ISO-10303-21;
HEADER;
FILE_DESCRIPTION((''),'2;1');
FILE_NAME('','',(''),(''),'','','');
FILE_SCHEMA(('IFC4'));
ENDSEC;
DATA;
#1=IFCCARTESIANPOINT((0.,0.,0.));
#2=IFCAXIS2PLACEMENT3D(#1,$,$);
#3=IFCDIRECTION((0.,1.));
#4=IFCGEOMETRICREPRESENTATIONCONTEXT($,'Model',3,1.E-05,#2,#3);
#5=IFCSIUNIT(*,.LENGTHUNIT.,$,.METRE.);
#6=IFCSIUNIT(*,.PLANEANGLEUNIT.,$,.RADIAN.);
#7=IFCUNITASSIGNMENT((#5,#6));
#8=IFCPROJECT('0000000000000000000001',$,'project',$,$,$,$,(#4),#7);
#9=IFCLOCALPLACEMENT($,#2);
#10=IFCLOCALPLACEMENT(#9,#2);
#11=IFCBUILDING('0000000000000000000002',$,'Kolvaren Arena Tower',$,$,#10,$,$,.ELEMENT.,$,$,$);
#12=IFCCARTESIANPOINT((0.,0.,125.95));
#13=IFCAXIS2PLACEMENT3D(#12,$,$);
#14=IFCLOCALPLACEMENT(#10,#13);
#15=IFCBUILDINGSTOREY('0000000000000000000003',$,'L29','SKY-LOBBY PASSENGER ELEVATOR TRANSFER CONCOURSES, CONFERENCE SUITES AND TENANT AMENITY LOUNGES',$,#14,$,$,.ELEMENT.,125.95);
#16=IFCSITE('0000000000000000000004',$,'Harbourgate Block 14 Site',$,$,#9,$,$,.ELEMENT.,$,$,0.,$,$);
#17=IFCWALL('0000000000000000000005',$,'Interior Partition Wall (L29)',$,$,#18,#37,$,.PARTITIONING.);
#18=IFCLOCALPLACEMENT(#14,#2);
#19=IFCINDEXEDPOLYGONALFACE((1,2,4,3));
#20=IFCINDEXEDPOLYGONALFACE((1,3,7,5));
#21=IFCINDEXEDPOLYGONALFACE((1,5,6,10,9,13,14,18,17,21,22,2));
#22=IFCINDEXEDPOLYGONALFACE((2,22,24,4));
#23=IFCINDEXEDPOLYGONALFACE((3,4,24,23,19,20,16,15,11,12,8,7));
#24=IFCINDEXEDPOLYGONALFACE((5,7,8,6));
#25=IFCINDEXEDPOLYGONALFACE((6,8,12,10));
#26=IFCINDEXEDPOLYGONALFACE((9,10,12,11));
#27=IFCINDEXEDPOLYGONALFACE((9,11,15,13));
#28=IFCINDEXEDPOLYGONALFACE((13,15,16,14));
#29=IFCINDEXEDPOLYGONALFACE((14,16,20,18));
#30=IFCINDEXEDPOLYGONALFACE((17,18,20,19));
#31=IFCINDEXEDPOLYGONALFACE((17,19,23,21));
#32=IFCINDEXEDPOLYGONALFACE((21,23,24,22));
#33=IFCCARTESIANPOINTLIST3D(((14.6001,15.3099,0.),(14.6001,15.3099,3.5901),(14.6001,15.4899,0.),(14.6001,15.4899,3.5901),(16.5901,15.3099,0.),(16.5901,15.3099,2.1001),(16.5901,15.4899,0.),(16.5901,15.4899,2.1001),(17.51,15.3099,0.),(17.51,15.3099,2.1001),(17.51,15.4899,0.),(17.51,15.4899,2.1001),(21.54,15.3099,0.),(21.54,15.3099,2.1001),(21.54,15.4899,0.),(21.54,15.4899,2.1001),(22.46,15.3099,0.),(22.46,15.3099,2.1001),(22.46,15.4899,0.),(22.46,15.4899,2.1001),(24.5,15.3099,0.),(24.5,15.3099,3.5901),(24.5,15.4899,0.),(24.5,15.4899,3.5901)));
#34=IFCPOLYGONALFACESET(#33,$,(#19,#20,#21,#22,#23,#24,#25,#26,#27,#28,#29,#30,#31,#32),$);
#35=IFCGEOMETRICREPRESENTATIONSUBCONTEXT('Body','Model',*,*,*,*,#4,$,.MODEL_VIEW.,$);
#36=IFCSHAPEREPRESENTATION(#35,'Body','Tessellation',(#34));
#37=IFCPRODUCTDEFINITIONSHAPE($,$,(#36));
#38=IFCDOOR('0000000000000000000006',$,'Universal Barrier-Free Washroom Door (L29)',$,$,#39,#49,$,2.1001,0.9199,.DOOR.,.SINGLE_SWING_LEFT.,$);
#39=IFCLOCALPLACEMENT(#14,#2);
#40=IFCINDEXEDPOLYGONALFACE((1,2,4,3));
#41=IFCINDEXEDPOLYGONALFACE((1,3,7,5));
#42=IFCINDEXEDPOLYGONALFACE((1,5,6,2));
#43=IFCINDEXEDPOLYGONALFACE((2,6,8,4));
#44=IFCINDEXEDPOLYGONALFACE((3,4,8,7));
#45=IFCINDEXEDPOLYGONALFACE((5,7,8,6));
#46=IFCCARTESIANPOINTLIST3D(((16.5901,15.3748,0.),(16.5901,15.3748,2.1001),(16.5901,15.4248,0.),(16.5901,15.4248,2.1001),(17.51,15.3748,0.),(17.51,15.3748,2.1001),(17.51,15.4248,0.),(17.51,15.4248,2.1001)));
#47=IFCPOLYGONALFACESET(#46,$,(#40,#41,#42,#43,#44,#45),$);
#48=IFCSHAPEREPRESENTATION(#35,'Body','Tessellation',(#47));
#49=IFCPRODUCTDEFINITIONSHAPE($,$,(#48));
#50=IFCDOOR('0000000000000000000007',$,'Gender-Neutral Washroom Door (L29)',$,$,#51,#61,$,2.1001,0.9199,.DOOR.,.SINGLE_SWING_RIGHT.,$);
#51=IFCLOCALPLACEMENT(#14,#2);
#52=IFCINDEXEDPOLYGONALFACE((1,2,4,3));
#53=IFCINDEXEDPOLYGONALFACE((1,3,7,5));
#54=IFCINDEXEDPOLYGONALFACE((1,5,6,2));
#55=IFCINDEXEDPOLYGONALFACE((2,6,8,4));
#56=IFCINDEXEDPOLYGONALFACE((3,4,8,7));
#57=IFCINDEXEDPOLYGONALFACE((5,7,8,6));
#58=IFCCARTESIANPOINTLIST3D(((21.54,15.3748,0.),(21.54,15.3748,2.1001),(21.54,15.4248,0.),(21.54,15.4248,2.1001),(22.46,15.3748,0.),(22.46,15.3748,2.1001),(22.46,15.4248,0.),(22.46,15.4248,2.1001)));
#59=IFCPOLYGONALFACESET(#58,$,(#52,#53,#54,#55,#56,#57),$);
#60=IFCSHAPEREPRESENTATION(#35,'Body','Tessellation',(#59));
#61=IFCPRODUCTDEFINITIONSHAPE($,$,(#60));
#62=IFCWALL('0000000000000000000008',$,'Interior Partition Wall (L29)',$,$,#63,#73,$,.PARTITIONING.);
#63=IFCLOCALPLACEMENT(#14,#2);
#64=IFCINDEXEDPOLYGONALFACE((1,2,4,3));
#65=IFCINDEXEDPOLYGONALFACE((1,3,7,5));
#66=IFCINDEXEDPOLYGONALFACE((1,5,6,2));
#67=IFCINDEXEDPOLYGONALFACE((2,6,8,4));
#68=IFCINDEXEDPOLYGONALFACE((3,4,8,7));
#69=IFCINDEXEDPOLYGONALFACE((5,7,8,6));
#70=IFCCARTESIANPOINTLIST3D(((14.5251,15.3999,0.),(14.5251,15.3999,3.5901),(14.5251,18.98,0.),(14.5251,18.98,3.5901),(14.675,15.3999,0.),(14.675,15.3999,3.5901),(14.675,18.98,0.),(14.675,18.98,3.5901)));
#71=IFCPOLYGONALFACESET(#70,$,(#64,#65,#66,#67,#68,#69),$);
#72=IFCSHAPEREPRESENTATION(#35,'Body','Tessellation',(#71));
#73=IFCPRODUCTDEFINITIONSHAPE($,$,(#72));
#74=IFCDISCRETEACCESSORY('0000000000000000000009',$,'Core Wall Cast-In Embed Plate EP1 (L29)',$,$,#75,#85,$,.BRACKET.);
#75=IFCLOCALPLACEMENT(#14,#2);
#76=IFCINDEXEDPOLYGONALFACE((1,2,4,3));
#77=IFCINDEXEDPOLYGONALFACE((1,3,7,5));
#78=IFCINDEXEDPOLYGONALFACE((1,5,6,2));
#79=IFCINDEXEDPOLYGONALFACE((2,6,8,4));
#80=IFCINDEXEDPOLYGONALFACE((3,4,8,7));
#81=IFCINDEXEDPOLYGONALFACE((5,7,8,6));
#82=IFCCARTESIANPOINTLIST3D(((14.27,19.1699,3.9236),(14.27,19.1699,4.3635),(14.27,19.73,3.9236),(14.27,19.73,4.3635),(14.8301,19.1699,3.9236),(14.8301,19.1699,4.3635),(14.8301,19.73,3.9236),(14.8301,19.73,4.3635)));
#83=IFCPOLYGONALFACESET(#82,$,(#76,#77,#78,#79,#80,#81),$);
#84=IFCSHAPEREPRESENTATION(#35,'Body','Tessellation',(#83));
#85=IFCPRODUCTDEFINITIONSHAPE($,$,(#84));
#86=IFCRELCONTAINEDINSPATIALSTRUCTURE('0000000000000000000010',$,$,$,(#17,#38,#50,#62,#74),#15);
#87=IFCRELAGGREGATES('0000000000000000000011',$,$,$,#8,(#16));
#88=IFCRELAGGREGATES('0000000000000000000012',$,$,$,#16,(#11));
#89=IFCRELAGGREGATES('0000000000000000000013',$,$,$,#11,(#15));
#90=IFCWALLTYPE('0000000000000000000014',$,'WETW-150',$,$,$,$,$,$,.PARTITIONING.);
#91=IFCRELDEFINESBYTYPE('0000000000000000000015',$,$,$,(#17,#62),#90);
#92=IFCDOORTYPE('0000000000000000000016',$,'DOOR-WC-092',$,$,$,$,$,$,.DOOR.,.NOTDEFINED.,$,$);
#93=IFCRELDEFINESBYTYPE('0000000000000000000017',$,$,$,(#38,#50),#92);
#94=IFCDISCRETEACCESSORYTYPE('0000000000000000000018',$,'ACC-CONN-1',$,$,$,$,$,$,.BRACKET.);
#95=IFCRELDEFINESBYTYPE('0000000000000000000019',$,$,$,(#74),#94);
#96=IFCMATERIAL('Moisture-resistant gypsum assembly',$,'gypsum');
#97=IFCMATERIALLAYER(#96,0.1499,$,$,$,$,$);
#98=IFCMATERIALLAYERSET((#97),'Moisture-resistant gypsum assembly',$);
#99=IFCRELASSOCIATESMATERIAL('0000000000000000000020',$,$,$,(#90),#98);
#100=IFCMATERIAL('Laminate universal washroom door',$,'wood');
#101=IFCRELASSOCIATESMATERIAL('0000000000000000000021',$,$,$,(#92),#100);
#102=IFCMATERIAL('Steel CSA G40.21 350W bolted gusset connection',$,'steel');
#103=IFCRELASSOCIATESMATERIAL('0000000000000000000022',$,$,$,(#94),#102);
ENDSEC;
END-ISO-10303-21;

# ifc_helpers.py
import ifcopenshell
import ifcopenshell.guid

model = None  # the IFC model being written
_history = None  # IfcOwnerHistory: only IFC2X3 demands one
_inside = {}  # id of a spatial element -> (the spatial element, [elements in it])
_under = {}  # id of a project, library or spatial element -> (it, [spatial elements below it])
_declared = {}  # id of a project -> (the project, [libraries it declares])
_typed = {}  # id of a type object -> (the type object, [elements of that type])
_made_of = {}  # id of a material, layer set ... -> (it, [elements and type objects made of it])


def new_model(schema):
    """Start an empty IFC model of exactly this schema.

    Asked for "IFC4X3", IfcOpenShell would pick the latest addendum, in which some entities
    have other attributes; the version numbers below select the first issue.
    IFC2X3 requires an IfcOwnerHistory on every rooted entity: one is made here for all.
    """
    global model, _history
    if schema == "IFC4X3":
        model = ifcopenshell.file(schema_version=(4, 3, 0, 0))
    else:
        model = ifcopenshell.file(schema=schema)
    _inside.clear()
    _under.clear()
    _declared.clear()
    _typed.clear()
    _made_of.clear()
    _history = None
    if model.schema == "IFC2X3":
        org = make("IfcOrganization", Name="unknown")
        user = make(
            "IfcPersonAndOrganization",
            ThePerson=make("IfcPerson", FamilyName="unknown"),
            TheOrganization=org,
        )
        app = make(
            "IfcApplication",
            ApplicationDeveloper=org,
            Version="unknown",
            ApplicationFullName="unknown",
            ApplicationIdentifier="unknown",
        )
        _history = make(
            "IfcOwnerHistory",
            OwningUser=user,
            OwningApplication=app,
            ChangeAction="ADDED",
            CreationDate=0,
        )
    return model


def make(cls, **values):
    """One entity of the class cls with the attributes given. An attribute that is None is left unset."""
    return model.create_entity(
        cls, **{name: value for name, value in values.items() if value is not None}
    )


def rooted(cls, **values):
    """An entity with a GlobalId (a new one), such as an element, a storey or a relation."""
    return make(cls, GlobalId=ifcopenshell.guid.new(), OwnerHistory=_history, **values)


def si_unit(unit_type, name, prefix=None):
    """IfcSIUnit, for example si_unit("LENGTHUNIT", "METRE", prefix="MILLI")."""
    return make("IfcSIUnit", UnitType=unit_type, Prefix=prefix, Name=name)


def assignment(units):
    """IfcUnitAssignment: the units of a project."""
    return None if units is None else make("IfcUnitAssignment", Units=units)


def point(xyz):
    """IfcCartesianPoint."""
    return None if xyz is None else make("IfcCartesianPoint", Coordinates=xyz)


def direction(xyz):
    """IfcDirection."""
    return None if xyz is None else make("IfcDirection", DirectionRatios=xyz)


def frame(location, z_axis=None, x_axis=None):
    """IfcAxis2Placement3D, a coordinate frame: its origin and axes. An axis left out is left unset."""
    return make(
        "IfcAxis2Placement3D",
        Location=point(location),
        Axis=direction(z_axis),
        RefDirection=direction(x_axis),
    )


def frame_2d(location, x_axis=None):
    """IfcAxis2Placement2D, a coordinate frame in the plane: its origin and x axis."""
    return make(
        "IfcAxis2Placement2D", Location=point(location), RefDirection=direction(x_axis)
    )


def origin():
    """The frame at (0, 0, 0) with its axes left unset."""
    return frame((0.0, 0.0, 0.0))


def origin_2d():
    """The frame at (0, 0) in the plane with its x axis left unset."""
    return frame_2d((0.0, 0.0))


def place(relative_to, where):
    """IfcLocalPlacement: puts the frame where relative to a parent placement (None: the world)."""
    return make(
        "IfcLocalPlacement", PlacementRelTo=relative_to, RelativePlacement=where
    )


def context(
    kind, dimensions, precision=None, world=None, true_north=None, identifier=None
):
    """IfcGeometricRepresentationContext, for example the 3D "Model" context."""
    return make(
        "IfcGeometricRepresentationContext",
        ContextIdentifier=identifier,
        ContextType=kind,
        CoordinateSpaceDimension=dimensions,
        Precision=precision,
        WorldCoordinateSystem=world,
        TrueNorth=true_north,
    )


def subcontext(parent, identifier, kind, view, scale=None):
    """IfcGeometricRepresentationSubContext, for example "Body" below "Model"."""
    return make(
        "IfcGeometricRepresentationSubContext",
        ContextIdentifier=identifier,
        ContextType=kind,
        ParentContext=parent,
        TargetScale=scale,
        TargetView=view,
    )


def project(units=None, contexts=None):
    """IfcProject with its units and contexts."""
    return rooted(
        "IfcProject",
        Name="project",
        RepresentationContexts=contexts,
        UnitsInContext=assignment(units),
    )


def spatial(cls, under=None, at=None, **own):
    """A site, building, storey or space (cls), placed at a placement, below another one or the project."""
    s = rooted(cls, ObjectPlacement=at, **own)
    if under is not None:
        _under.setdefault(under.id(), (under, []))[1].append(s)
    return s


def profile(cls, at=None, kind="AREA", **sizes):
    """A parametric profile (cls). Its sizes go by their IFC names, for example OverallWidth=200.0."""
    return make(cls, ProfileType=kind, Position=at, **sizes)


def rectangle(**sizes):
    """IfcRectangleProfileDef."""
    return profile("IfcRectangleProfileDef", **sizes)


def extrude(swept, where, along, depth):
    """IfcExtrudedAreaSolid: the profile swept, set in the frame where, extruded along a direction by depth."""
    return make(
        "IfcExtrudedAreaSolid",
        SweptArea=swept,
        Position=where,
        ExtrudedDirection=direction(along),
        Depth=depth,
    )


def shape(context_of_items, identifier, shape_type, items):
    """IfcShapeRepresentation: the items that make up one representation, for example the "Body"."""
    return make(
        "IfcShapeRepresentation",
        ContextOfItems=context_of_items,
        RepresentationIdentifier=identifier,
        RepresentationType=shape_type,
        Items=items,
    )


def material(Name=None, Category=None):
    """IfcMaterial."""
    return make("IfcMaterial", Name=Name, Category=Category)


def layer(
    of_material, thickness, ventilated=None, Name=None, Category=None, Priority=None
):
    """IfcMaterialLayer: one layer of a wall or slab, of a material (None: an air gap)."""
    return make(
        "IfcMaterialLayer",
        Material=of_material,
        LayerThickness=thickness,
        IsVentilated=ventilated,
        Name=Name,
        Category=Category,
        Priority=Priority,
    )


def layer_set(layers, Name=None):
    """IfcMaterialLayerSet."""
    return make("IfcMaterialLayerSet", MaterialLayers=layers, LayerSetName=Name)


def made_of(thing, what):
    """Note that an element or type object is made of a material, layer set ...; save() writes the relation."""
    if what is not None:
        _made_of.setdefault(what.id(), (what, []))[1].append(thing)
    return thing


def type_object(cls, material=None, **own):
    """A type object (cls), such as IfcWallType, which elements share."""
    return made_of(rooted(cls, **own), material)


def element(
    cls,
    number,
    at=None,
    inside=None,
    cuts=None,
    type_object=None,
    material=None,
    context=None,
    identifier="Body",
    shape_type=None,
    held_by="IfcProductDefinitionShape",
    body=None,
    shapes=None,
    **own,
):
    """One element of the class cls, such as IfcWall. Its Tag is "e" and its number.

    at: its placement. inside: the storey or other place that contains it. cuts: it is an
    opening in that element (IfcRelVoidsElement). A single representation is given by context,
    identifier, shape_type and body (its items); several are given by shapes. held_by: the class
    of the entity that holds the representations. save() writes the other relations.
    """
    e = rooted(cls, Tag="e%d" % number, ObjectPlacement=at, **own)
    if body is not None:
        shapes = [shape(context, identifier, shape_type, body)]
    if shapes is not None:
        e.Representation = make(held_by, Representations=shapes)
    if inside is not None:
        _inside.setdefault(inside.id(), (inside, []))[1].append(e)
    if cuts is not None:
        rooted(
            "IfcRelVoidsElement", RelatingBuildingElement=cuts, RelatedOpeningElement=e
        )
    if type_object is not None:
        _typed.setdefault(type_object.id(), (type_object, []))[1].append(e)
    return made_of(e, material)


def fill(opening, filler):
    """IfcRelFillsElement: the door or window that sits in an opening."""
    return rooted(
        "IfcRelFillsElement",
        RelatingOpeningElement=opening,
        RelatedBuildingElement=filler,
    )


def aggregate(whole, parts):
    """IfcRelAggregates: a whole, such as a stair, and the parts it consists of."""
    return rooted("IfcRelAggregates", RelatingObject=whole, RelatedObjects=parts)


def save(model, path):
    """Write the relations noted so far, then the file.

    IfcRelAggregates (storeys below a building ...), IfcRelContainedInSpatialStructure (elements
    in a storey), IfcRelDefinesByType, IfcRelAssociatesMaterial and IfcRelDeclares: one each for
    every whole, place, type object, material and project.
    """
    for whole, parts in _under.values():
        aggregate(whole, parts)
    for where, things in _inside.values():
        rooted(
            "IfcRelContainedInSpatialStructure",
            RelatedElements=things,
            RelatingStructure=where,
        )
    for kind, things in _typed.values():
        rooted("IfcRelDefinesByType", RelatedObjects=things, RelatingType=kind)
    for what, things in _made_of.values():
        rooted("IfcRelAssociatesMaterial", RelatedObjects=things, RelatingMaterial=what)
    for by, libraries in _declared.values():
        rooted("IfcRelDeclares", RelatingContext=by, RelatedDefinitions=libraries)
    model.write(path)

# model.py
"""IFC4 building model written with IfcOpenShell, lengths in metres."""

from ifc_helpers import new_model, si_unit, direction, frame, frame_2d, origin, origin_2d, place, context, subcontext, project, spatial, rectangle, extrude, material, layer, layer_set, type_object, element, fill, save


model = new_model("IFC4")

# Units and contexts
model_context = context("Model", 3, precision=1e-05, world=origin(), true_north=direction((0.0, 1.0)))
body_context = subcontext(model_context, "Body", "Model", "MODEL_VIEW")
ifc_project = project(units=[si_unit("LENGTHUNIT", "METRE"), si_unit("PLANEANGLEUNIT", "RADIAN")], contexts=[model_context])

# Site, building, storey
site_placement = place(None, origin())
site = spatial("IfcSite", under=ifc_project, at=site_placement, Name="Harbourgate Block 14 Site", CompositionType="ELEMENT", RefElevation=0.0)
building_placement = place(site_placement, origin())
building = spatial("IfcBuilding", under=site, at=building_placement, Name="Kolvaren Arena Tower", CompositionType="ELEMENT")
storey_placement = place(building_placement, frame((0.0, 0.0, 125.95)))
storey = spatial("IfcBuildingStorey", under=building, at=storey_placement, Name="L29", Description="SKY-LOBBY PASSENGER ELEVATOR TRANSFER CONCOURSES, CONFERENCE SUITES AND TENANT AMENITY LOUNGES", CompositionType="ELEMENT", Elevation=125.95)

# Wall, openings, doors
ifc_material_1 = material(Name="Moisture-resistant gypsum assembly", Category="gypsum")
ifc_layer_1 = layer(ifc_material_1, 0.1499)
ifc_layer_set_1 = layer_set([ifc_layer_1], Name="Moisture-resistant gypsum assembly")
wall_type_1 = type_object("IfcWallType", Name="WETW-150", PredefinedType="PARTITIONING", material=ifc_layer_set_1)
wall_1_placement = place(storey_placement, frame((14.6001, 15.3999, 0.0), z_axis=(0.0, 0.0, 1.0), x_axis=(1.0, 0.0, 0.0)))
wall_1 = element("IfcWall", 1, at=wall_1_placement, inside=storey, type_object=wall_type_1, Name="Interior Partition Wall (L29)", PredefinedType="PARTITIONING", context=body_context, shape_type="SweptSolid", body=[
    extrude(rectangle(XDim=9.8999, YDim=0.1799, at=frame_2d((4.95, 0.0))), origin(), (0.0, 0.0, 1.0), 3.5901),
])
opening_1_placement = place(wall_1_placement, frame((1.99, 0.0, 0.0)))
opening_1 = element("IfcOpeningElement", 2, at=opening_1_placement, cuts=wall_1, PredefinedType="OPENING", context=body_context, shape_type="SweptSolid", body=[
    extrude(rectangle(XDim=0.9199, YDim=2.1001, at=frame_2d((0.46, 1.05))), frame((0.0, 0.0999, 0.0), z_axis=(0.0, -1.0, 0.0), x_axis=(1.0, 0.0, 0.0)), (0.0, 0.0, 1.0), 0.2),
])
opening_2_placement = place(wall_1_placement, frame((6.9399, 0.0, 0.0)))
opening_2 = element("IfcOpeningElement", 3, at=opening_2_placement, cuts=wall_1, PredefinedType="OPENING", context=body_context, shape_type="SweptSolid", body=[
    extrude(rectangle(XDim=0.9199, YDim=2.1001, at=frame_2d((0.46, 1.05))), frame((0.0, 0.0999, 0.0), z_axis=(0.0, -1.0, 0.0), x_axis=(1.0, 0.0, 0.0)), (0.0, 0.0, 1.0), 0.2),
])
ifc_material_2 = material(Name="Laminate universal washroom door", Category="wood")
door_type_1 = type_object("IfcDoorType", Name="DOOR-WC-092", OperationType="NOTDEFINED", PredefinedType="DOOR", material=ifc_material_2)
door_1_placement = place(opening_1_placement, origin())
door_1 = element("IfcDoor", 4, at=door_1_placement, inside=storey, type_object=door_type_1, Name="Universal Barrier-Free Washroom Door (L29)", OperationType="SINGLE_SWING_LEFT", OverallHeight=2.1001, OverallWidth=0.9199, PredefinedType="DOOR", context=body_context, shape_type="SweptSolid", body=[
    extrude(rectangle(XDim=0.9199, YDim=2.1001, at=frame_2d((0.46, 1.05))), frame((0.0, 0.0249, 0.0), z_axis=(0.0, -1.0, 0.0), x_axis=(1.0, 0.0, 0.0)), (0.0, 0.0, 1.0), 0.05),
])
fill(opening_1, door_1)
door_2_placement = place(opening_2_placement, origin())
door_2 = element("IfcDoor", 5, at=door_2_placement, inside=storey, type_object=door_type_1, Name="Gender-Neutral Washroom Door (L29)", OperationType="SINGLE_SWING_RIGHT", OverallHeight=2.1001, OverallWidth=0.9199, PredefinedType="DOOR", context=body_context, shape_type="SweptSolid", body=[
    extrude(rectangle(XDim=0.9199, YDim=2.1001, at=frame_2d((0.46, 1.05))), frame((0.0, 0.0249, 0.0), z_axis=(0.0, -1.0, 0.0), x_axis=(1.0, 0.0, 0.0)), (0.0, 0.0, 1.0), 0.05),
])
fill(opening_2, door_2)

# Wall
wall_2_placement = place(storey_placement, frame((14.6001, 15.3999, 0.0), z_axis=(0.0, 0.0, 1.0), x_axis=(0.0, 1.0, 0.0)))
element("IfcWall", 6, at=wall_2_placement, inside=storey, type_object=wall_type_1, Name="Interior Partition Wall (L29)", PredefinedType="PARTITIONING", context=body_context, shape_type="SweptSolid", body=[
    extrude(rectangle(XDim=3.5801, YDim=0.1499, at=frame_2d((1.79, 0.0))), origin(), (0.0, 0.0, 1.0), 3.5901),
])

# Discrete accessory
ifc_material_3 = material(Name="Steel CSA G40.21 350W bolted gusset connection", Category="steel")
discrete_accessory_type = type_object("IfcDiscreteAccessoryType", Name="ACC-CONN-1", PredefinedType="BRACKET", material=ifc_material_3)
discrete_accessory_placement = place(storey_placement, frame((14.55, 19.45, 3.9236), z_axis=(0.0, 0.0, 1.0), x_axis=(1.0, 0.0, 0.0)))
element("IfcDiscreteAccessory", 7, at=discrete_accessory_placement, inside=storey, type_object=discrete_accessory_type, Name="Core Wall Cast-In Embed Plate EP1 (L29)", PredefinedType="BRACKET", context=body_context, shape_type="SweptSolid", body=[
    extrude(rectangle(XDim=0.5601, YDim=0.5601, at=origin_2d()), origin(), (0.0, 0.0, 1.0), 0.4399),
])

save(model, "model.ifc")
